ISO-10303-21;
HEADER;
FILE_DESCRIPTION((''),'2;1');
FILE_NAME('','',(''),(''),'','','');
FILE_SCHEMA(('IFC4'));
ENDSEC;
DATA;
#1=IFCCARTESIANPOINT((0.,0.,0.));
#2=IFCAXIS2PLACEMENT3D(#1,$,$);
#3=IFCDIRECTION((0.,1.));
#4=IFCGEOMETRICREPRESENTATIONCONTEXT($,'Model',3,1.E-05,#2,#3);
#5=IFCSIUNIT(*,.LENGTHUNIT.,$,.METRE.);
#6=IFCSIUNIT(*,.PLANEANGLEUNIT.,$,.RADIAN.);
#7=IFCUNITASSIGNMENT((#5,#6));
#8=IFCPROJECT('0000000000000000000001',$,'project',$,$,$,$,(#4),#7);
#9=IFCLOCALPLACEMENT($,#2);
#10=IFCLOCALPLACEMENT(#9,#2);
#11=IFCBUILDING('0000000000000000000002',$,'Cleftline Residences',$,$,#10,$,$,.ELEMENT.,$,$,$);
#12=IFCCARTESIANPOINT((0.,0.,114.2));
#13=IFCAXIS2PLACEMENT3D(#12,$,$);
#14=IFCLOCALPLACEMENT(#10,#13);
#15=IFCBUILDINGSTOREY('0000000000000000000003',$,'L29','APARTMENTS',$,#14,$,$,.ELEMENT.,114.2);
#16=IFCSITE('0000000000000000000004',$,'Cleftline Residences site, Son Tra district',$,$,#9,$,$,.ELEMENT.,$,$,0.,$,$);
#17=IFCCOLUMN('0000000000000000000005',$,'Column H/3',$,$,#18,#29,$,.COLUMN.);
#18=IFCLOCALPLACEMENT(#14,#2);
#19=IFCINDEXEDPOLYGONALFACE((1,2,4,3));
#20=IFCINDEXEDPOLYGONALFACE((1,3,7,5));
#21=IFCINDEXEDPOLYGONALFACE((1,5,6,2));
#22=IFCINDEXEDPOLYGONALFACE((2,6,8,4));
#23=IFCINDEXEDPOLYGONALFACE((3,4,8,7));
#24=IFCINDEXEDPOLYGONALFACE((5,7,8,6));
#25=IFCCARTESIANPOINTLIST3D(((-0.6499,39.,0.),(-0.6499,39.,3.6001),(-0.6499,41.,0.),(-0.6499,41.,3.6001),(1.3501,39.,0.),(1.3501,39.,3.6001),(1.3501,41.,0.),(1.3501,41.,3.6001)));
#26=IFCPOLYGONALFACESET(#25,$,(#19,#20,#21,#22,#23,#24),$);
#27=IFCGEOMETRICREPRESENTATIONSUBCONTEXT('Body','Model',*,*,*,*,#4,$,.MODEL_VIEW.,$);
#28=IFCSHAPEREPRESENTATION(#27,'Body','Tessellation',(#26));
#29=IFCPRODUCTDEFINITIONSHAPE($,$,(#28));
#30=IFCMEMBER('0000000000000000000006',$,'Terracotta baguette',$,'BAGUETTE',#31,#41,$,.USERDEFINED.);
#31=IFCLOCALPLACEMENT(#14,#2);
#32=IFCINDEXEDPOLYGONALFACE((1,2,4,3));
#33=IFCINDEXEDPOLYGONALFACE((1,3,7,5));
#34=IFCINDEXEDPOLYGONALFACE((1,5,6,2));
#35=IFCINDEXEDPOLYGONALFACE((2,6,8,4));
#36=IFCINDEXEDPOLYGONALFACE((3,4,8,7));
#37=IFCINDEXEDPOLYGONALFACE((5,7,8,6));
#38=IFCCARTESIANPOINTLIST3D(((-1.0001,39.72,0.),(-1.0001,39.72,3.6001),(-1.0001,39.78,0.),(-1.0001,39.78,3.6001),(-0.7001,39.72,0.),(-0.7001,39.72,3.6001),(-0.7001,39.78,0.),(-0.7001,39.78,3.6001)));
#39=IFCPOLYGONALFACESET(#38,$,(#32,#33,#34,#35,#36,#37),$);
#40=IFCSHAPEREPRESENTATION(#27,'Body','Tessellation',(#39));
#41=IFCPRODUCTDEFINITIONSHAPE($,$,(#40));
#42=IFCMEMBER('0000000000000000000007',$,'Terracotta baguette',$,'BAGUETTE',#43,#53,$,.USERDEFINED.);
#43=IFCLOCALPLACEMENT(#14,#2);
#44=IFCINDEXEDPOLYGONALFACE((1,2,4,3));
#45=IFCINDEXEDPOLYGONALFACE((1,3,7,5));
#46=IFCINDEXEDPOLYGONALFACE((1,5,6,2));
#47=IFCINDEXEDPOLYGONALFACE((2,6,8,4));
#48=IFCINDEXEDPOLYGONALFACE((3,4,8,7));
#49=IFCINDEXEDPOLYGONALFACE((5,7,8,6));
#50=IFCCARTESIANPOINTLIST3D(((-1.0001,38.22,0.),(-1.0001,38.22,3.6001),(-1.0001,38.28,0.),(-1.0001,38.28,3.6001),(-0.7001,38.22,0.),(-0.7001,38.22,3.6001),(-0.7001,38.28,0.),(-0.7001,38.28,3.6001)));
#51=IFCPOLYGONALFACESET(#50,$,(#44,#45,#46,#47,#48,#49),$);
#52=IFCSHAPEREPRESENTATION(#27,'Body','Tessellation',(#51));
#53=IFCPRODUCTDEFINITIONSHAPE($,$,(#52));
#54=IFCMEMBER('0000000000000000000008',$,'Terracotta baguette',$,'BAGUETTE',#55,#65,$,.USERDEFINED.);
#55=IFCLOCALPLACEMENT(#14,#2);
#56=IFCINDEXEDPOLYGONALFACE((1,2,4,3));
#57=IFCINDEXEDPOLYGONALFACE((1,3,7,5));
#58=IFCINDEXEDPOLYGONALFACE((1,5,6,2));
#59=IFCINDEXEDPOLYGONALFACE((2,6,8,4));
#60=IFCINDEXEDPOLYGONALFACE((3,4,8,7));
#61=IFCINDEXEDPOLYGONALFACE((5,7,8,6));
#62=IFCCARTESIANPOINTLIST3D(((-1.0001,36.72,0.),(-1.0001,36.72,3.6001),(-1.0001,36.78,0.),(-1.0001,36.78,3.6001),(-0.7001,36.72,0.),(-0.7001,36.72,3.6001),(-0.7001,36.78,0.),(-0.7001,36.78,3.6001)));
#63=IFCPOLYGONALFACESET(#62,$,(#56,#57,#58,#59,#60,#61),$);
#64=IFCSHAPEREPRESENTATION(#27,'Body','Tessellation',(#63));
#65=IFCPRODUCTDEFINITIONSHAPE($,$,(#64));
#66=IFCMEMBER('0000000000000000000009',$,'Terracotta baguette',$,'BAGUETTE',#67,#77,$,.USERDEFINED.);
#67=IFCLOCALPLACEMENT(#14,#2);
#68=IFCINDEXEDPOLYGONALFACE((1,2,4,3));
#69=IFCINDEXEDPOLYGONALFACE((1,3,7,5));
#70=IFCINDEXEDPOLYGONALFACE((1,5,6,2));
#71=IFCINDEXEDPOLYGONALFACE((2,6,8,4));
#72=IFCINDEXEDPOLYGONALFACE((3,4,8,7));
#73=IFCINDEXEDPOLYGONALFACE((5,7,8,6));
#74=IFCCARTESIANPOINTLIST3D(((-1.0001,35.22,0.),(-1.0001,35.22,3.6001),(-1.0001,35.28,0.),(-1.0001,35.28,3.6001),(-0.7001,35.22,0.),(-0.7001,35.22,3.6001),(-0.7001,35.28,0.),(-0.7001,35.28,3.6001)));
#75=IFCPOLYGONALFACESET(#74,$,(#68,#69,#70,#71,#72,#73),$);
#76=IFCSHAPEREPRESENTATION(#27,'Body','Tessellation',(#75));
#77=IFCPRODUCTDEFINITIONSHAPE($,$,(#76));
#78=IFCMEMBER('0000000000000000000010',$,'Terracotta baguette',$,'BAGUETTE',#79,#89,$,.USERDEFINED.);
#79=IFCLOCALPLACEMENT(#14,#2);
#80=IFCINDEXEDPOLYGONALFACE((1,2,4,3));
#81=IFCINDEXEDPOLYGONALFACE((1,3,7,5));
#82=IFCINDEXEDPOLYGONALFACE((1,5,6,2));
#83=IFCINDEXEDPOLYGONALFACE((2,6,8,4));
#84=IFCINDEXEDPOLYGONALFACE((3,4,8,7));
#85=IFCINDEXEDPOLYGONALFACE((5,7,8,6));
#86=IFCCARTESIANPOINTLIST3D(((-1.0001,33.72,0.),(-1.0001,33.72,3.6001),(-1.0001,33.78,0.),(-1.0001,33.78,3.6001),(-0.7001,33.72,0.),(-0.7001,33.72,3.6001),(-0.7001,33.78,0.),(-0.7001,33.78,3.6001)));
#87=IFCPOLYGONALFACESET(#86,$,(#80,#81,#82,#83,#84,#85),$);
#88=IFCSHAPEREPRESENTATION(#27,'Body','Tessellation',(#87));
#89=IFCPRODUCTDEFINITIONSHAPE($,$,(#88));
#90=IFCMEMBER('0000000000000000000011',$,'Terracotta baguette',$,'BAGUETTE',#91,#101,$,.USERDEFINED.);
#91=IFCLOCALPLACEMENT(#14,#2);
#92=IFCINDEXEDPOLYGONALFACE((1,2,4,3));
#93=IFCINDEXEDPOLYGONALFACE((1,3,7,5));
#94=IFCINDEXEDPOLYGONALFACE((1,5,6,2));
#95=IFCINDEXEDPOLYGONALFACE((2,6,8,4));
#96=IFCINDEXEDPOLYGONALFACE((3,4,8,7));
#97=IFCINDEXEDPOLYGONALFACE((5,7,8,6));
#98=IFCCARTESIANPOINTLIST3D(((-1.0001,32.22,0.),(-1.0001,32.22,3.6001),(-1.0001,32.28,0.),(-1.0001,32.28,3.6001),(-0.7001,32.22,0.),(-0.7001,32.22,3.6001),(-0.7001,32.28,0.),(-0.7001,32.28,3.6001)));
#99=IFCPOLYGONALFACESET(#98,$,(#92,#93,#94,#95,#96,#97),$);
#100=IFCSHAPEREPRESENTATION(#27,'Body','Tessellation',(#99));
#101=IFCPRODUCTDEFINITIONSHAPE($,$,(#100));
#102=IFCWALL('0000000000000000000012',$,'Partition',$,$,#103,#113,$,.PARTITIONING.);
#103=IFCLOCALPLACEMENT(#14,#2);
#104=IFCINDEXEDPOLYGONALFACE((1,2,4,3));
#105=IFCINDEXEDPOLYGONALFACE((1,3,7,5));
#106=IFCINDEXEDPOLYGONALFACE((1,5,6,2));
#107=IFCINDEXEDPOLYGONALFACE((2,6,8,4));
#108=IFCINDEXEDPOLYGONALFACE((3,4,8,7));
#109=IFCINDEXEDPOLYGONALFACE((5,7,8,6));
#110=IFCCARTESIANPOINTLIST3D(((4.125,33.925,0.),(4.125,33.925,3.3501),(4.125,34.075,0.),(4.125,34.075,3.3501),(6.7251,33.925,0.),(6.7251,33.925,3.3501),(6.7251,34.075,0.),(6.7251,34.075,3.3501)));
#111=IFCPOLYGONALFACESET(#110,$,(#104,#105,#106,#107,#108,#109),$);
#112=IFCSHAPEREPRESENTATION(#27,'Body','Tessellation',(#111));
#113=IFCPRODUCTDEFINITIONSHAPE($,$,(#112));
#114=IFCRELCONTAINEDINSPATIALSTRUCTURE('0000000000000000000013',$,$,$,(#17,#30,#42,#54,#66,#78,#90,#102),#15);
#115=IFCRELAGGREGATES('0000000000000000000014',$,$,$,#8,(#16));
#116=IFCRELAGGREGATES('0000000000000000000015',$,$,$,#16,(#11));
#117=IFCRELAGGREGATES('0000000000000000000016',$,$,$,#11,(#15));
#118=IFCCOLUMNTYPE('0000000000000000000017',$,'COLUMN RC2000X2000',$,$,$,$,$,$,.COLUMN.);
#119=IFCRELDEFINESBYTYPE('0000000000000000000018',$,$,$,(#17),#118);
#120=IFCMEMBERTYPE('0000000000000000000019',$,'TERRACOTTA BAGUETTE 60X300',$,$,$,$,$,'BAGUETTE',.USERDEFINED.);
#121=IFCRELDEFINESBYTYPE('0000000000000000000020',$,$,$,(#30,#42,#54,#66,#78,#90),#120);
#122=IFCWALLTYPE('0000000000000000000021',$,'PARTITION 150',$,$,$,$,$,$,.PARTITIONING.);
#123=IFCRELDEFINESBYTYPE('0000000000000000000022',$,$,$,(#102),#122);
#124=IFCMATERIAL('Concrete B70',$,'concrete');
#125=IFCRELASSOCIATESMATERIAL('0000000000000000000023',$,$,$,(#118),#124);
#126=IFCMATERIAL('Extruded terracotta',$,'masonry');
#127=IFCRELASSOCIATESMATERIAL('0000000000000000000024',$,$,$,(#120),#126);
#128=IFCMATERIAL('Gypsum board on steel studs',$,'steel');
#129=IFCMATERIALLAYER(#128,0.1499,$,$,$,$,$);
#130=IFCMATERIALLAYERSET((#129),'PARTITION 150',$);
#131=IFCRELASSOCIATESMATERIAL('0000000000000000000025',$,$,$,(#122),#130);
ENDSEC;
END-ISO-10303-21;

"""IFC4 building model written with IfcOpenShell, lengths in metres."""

from ifc_helpers import new_model, si_unit, direction, frame, frame_2d, origin, origin_2d, place, context, subcontext, project, spatial, rectangle, extrude, material, layer, layer_set, material_profile, profile_set, type_object, element, save


model = new_model("IFC4")

# Units and contexts
model_context = context("Model", 3, precision=1e-05, world=origin(), true_north=direction((0.0, 1.0)))
body_context = subcontext(model_context, "Body", "Model", "MODEL_VIEW")
ifc_project = project(units=[si_unit("LENGTHUNIT", "METRE"), si_unit("PLANEANGLEUNIT", "RADIAN")], contexts=[model_context])

# Site, building, storey
site_placement = place(None, origin())
site = spatial("IfcSite", under=ifc_project, at=site_placement, Name="Cleftline Residences site, Son Tra district", CompositionType="ELEMENT", RefElevation=0.0)
building_placement = place(site_placement, origin())
building = spatial("IfcBuilding", under=site, at=building_placement, Name="Cleftline Residences", CompositionType="ELEMENT")
storey_placement = place(building_placement, frame((0.0, 0.0, 114.2)))
storey = spatial("IfcBuildingStorey", under=building, at=storey_placement, Name="L29", Description="APARTMENTS", CompositionType="ELEMENT", Elevation=114.2)

# Column
ifc_material_1 = material(Name="Concrete B70", Category="concrete")
ifc_material_profile_1 = material_profile(ifc_material_1, rectangle(XDim=2.0, YDim=2.0, at=origin_2d()))
ifc_profile_set_1 = profile_set([ifc_material_profile_1], Name="Concrete B70")
column_type = type_object("IfcColumnType", Name="COLUMN RC2000X2000", PredefinedType="COLUMN", material=ifc_profile_set_1)
column_placement = place(storey_placement, frame((0.3501, 40.0, 0.0), z_axis=(0.0, 0.0, 1.0), x_axis=(1.0, 0.0, 0.0)))
element("IfcColumn", 1, at=column_placement, inside=storey, type_object=column_type, Name="Column H/3", PredefinedType="COLUMN", context=body_context, shape_type="SweptSolid", body=[
    extrude(rectangle(XDim=2.0, YDim=2.0, at=origin_2d()), origin(), (0.0, 0.0, 1.0), 3.6001),
])

# Members
ifc_material_2 = material(Name="Extruded terracotta", Category="masonry")
ifc_material_profile_2 = material_profile(ifc_material_2, rectangle(XDim=0.0601, YDim=0.3, at=origin_2d()))
ifc_profile_set_2 = profile_set([ifc_material_profile_2], Name="Extruded terracotta")
member_type = type_object("IfcMemberType", Name="TERRACOTTA BAGUETTE 60X300", ElementType="BAGUETTE", PredefinedType="USERDEFINED", material=ifc_profile_set_2)
for number, where, z_axis, x_axis, name in (
    (2, (-0.8501, 39.75, 0.0), (0.0, 0.0, 1.0), (0.0, 1.0, 0.0), "Terracotta baguette"),
    (3, (-0.8501, 38.25, 0.0), (0.0, 0.0, 1.0), (0.0, 1.0, 0.0), "Terracotta baguette"),
    (4, (-0.8501, 36.75, 0.0), (0.0, 0.0, 1.0), (0.0, 1.0, 0.0), "Terracotta baguette"),
    (5, (-0.8501, 35.25, 0.0), (0.0, 0.0, 1.0), (0.0, 1.0, 0.0), "Terracotta baguette"),
    (6, (-0.8501, 33.75, 0.0), (0.0, 0.0, 1.0), (0.0, 1.0, 0.0), "Terracotta baguette"),
    (7, (-0.8501, 32.25, 0.0), (0.0, 0.0, 1.0), (0.0, 1.0, 0.0), "Terracotta baguette"),
):
    element("IfcMember", number, at=place(storey_placement, frame(where, z_axis=z_axis, x_axis=x_axis)), inside=storey, type_object=member_type, Name=name, ObjectType="BAGUETTE", PredefinedType="USERDEFINED", context=body_context, shape_type="SweptSolid", body=[
        extrude(rectangle(XDim=0.0601, YDim=0.3, at=origin_2d()), origin(), (0.0, 0.0, 1.0), 3.6001),
    ])

# Wall
ifc_material_3 = material(Name="Gypsum board on steel studs", Category="steel")
ifc_layer = layer(ifc_material_3, 0.1499)
ifc_layer_set = layer_set([ifc_layer], Name="PARTITION 150")
wall_type = type_object("IfcWallType", Name="PARTITION 150", PredefinedType="PARTITIONING", material=ifc_layer_set)
wall_1_placement = place(storey_placement, frame((4.125, 34.0, 0.0), z_axis=(0.0, 0.0, 1.0), x_axis=(1.0, 0.0, 0.0)))
element("IfcWall", 8, at=wall_1_placement, inside=storey, type_object=wall_type, Name="Partition", PredefinedType="PARTITIONING", context=body_context, shape_type="SweptSolid", body=[
    extrude(rectangle(XDim=2.6001, YDim=0.1499, at=frame_2d((1.3, 0.0))), origin(), (0.0, 0.0, 1.0), 3.3501),
])

save(model, "model.ifc")
